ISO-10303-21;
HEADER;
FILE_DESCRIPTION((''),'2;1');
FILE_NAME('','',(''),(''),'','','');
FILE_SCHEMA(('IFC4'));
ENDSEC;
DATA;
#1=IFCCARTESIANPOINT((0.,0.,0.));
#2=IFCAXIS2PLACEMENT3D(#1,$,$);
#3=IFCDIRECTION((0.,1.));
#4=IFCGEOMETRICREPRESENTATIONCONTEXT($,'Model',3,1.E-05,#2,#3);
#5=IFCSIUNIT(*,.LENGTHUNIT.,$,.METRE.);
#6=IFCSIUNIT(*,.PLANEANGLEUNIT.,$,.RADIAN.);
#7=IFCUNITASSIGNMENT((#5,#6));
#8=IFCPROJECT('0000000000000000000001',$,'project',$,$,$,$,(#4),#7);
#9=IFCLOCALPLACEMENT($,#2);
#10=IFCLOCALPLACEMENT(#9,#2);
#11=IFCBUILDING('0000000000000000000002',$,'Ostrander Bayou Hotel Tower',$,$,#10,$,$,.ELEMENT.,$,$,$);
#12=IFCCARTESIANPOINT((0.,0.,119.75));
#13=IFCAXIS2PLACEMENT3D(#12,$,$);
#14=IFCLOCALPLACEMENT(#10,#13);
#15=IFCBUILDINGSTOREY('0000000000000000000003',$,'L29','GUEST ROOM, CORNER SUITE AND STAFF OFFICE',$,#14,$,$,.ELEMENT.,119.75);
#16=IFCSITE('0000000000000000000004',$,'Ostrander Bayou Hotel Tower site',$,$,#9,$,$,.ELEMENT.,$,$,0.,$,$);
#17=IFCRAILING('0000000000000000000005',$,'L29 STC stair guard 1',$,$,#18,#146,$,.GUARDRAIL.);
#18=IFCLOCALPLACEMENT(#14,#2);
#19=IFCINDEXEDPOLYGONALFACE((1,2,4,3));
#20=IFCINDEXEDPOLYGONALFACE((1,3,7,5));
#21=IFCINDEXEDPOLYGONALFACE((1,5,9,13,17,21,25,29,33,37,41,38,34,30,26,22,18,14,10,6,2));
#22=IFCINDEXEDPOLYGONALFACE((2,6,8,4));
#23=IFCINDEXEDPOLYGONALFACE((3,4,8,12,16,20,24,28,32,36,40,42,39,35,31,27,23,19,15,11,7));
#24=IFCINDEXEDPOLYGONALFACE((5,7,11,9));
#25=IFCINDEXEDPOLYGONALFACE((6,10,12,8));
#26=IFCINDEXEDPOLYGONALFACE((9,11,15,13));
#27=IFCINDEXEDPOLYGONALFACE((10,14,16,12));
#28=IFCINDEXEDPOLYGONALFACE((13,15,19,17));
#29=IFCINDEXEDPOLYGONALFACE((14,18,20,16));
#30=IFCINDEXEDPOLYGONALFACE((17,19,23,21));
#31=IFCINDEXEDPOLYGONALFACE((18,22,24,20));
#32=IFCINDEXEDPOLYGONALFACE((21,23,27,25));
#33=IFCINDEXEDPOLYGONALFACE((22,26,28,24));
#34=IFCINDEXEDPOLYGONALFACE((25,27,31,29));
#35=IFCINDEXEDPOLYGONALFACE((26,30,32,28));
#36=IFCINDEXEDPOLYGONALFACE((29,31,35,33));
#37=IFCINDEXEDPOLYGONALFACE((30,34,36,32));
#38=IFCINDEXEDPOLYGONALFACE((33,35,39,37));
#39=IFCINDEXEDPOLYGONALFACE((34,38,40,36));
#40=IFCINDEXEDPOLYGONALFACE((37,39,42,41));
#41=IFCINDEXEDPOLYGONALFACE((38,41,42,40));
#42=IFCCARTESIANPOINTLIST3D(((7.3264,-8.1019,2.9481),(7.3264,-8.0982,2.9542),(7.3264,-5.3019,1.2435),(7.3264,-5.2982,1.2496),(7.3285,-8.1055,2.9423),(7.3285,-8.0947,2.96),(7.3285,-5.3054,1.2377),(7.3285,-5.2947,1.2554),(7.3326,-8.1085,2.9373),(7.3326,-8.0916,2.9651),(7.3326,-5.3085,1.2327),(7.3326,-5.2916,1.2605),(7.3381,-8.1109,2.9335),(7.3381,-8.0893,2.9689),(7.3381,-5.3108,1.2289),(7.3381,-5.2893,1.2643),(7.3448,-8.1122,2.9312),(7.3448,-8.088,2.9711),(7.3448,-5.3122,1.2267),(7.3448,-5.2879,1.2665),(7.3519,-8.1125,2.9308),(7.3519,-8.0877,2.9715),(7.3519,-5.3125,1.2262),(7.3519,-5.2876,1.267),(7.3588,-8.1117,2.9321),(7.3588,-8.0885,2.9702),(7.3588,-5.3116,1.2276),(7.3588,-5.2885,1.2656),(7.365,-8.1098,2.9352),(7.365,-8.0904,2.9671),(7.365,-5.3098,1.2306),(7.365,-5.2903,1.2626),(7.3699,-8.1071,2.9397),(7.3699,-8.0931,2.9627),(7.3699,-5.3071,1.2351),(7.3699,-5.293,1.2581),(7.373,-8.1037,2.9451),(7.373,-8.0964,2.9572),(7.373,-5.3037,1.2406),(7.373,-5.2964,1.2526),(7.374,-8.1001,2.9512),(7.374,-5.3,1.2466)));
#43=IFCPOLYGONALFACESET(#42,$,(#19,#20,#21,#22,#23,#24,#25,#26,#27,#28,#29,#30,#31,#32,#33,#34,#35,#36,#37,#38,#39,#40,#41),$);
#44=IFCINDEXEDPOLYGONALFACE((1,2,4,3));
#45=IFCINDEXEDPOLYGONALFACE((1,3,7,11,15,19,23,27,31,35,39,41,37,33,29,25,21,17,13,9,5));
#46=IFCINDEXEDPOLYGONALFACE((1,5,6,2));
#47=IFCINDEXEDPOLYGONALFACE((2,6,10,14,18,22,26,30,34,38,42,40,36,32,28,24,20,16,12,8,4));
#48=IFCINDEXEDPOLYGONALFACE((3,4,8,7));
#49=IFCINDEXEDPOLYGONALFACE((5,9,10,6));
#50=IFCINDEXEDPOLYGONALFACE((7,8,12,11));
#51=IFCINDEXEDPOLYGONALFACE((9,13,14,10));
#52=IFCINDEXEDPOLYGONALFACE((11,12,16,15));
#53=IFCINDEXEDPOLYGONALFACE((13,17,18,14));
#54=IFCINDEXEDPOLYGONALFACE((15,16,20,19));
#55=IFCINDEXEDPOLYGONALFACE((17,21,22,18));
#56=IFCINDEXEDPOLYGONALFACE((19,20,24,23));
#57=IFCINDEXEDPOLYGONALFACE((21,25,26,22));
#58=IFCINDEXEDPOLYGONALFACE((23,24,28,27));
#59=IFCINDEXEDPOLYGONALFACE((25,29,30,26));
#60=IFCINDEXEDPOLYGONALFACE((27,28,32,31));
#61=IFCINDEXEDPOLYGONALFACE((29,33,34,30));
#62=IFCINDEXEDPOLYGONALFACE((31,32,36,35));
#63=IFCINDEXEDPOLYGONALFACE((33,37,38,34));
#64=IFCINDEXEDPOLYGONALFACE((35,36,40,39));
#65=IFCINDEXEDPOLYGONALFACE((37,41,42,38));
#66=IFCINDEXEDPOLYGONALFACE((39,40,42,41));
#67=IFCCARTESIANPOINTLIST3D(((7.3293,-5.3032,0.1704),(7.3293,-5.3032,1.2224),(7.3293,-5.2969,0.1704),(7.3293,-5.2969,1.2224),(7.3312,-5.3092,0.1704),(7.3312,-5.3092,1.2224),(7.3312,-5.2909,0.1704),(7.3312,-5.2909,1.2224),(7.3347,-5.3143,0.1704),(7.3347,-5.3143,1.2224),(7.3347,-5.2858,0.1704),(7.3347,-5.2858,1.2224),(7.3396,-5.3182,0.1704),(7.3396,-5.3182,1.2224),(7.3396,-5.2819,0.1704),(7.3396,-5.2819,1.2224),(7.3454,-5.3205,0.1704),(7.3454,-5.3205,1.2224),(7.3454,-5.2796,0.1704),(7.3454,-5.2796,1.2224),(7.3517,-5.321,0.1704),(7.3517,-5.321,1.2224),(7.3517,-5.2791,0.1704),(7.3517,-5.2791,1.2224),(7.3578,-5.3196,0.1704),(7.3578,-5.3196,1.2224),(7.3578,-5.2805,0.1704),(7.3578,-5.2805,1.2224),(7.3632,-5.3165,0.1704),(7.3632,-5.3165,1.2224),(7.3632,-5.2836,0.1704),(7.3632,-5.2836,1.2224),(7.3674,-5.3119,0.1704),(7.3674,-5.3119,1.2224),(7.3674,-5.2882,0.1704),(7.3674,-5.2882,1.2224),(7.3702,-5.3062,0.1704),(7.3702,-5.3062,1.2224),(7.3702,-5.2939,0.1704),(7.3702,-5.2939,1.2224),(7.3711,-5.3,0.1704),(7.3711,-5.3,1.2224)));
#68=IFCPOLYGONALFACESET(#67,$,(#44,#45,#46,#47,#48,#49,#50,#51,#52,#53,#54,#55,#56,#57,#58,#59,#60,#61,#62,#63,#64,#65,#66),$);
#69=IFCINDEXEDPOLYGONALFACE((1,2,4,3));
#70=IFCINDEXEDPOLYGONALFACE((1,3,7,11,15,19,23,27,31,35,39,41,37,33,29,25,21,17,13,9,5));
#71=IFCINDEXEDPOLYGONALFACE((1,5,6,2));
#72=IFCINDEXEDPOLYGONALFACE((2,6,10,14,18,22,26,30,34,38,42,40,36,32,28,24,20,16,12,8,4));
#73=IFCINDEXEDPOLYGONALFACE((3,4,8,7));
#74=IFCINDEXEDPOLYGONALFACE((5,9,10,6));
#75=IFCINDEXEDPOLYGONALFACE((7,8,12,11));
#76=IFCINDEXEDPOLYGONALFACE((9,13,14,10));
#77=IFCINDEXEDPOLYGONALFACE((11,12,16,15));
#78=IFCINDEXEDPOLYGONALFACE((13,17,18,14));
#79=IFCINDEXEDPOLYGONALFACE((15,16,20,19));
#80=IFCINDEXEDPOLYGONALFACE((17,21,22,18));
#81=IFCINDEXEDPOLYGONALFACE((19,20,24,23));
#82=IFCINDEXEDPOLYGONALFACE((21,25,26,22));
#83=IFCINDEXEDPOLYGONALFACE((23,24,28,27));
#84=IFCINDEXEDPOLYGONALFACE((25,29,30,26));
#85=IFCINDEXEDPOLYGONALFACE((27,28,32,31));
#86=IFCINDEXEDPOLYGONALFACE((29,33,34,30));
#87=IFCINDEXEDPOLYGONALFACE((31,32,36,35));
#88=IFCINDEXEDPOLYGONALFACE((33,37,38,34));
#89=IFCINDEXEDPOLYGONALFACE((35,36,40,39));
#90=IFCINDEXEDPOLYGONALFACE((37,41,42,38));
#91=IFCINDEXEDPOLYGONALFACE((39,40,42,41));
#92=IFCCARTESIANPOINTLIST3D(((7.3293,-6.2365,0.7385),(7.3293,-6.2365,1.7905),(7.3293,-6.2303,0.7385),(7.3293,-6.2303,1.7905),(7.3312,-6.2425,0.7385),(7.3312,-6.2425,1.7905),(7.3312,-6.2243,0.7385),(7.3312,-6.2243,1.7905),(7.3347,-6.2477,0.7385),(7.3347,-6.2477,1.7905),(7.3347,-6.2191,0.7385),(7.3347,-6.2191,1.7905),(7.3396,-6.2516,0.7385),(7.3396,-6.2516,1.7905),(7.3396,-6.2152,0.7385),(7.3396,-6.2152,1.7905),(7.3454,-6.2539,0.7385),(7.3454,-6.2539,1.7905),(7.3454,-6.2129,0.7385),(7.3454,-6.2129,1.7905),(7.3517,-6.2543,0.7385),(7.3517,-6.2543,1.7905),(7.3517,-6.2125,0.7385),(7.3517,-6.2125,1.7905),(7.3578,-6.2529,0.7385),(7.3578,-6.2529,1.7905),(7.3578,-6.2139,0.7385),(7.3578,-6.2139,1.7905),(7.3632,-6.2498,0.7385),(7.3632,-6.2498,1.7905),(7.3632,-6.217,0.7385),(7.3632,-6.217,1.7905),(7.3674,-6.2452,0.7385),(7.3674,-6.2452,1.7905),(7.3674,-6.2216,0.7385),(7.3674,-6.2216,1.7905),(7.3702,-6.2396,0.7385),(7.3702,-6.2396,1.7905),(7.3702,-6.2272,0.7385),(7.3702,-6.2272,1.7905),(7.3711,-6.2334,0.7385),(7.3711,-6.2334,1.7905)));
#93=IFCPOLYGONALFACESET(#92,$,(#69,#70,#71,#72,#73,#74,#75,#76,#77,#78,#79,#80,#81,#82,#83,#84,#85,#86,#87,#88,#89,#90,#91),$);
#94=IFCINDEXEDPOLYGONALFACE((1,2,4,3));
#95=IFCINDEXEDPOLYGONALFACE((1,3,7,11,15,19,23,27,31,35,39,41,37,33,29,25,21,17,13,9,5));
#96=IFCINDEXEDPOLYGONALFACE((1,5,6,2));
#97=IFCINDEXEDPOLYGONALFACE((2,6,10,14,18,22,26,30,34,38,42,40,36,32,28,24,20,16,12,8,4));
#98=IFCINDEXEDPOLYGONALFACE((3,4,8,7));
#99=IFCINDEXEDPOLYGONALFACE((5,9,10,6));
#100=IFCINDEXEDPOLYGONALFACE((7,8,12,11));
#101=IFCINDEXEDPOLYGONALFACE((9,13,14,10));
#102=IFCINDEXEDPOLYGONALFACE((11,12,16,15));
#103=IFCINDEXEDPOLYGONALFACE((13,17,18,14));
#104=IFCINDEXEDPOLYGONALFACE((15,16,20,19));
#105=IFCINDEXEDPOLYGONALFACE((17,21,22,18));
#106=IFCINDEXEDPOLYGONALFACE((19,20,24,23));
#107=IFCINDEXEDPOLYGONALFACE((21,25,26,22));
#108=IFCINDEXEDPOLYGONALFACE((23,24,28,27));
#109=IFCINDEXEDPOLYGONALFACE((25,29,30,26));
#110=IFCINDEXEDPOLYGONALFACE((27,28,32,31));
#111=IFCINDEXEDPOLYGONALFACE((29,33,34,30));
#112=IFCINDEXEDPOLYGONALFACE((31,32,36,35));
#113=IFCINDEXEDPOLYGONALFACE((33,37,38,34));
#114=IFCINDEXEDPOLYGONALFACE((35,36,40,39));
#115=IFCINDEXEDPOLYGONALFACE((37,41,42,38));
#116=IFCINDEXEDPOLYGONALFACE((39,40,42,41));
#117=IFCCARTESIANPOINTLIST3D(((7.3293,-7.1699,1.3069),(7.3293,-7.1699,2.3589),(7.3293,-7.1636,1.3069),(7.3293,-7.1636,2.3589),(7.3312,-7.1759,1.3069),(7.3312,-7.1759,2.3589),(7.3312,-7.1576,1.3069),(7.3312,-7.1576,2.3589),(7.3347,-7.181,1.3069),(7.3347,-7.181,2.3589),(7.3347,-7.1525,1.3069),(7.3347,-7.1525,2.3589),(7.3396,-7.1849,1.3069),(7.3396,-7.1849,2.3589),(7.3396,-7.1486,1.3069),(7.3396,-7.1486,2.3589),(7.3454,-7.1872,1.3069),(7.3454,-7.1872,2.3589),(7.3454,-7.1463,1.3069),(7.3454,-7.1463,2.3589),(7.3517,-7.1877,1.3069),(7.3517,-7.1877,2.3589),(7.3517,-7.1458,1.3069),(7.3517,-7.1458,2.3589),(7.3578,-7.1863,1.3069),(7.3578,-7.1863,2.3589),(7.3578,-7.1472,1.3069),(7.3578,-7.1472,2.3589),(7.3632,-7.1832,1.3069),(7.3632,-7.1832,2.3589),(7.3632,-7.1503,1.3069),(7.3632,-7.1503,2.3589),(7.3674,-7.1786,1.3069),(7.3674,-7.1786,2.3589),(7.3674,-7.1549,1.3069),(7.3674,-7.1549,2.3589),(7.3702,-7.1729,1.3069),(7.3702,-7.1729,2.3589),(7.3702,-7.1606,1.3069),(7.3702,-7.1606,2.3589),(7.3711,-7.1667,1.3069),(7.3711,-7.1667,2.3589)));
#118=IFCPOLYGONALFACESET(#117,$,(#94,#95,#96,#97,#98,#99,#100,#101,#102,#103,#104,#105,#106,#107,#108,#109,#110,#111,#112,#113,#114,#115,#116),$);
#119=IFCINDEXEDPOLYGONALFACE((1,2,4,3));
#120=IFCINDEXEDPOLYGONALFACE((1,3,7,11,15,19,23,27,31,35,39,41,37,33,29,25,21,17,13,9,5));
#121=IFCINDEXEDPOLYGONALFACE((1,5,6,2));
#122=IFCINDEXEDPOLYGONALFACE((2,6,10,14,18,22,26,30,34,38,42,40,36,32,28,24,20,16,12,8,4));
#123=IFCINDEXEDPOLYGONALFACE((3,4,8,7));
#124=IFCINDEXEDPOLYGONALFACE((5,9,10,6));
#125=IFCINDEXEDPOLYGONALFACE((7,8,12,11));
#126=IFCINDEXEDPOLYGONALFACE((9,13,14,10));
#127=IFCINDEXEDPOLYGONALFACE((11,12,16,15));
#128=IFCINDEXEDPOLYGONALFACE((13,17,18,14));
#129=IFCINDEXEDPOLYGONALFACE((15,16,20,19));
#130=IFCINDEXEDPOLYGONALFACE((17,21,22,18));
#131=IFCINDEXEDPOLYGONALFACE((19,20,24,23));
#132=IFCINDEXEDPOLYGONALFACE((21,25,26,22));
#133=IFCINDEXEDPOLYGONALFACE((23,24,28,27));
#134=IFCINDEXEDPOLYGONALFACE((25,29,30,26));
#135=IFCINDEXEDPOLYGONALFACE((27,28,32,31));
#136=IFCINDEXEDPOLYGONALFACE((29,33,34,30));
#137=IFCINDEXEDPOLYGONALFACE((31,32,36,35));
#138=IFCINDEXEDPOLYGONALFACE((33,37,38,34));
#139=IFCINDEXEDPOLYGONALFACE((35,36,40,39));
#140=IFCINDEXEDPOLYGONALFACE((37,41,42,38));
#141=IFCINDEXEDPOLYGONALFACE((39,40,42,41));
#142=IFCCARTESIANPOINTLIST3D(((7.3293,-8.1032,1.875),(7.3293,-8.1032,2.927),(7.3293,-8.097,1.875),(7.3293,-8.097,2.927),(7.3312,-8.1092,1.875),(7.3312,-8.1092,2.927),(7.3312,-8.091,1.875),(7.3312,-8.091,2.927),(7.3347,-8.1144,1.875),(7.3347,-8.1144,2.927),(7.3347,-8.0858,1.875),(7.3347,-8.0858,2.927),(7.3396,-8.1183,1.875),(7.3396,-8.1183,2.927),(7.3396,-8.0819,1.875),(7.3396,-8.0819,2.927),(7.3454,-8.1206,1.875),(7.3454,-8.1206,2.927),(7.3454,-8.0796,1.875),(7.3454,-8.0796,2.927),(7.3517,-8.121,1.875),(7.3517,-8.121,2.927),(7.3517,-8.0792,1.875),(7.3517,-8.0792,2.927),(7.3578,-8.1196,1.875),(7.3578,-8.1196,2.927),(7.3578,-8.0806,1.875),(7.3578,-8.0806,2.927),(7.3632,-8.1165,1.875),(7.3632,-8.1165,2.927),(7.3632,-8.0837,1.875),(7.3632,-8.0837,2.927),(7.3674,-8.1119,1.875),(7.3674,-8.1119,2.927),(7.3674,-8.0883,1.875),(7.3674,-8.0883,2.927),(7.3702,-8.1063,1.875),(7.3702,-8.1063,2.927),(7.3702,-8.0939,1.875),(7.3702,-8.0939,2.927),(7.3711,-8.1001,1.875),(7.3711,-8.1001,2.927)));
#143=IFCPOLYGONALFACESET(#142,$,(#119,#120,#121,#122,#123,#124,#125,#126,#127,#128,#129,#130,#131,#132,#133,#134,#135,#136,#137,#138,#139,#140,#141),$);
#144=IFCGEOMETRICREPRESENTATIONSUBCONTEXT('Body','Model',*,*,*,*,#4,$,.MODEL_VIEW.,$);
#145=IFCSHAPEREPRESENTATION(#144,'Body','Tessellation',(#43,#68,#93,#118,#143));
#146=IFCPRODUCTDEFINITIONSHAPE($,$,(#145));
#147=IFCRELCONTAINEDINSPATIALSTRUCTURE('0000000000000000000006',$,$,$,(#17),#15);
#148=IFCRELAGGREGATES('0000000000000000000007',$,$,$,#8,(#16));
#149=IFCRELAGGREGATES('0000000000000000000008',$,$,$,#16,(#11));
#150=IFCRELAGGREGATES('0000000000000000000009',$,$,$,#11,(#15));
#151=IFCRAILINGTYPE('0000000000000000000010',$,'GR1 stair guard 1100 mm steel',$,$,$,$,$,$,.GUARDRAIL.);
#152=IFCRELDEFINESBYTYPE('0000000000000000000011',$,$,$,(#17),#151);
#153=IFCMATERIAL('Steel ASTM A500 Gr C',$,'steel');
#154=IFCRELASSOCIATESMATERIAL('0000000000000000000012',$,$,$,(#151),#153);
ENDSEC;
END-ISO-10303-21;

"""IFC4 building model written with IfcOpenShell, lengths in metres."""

from ifc_helpers import new_model, si_unit, direction, frame, origin, origin_2d, place, context, subcontext, project, spatial, circle, extrude, material, type_object, element, save


model = new_model("IFC4")

# Units and contexts
model_context = context("Model", 3, precision=1e-05, world=origin(), true_north=direction((0.0, 1.0)))
body_context = subcontext(model_context, "Body", "Model", "MODEL_VIEW")
ifc_project = project(units=[si_unit("LENGTHUNIT", "METRE"), si_unit("PLANEANGLEUNIT", "RADIAN")], contexts=[model_context])

# Site, building, storey
site_placement = place(None, origin())
site = spatial("IfcSite", under=ifc_project, at=site_placement, Name="Ostrander Bayou Hotel Tower site", CompositionType="ELEMENT", RefElevation=0.0)
building_placement = place(site_placement, origin())
building = spatial("IfcBuilding", under=site, at=building_placement, Name="Ostrander Bayou Hotel Tower", CompositionType="ELEMENT")
storey_placement = place(building_placement, frame((0.0, 0.0, 119.75)))
storey = spatial("IfcBuildingStorey", under=building, at=storey_placement, Name="L29", Description="GUEST ROOM, CORNER SUITE AND STAFF OFFICE", CompositionType="ELEMENT", Elevation=119.75)

# Railing
ifc_material_1 = material(Name="Steel ASTM A500 Gr C", Category="steel")
railing_type_1 = type_object("IfcRailingType", Name="GR1 stair guard 1100 mm steel", PredefinedType="GUARDRAIL", material=ifc_material_1)
railing_1_placement = place(storey_placement, frame((7.3501, -5.3, 0.1704)))
element("IfcRailing", 1, at=railing_1_placement, inside=storey, type_object=railing_type_1, Name="L29 STC stair guard 1", PredefinedType="GUARDRAIL", context=body_context, shape_type="SweptSolid", body=[
    extrude(circle(Radius=0.0239, at=origin_2d()), frame((0.0, 0.0, 1.0762), z_axis=(0.0, -0.85417, 0.519994), x_axis=(1.0, 0.0, 0.0)), (0.0, 0.0, 1.0), 3.2781),
    extrude(circle(Radius=0.021, at=origin_2d()), origin(), (0.0, 0.0, 1.0), 1.052),
    extrude(circle(Radius=0.021, at=origin_2d()), frame((0.0, -0.9333, 0.5681)), (0.0, 0.0, 1.0), 1.052),
    extrude(circle(Radius=0.021, at=origin_2d()), frame((0.0, -1.8667, 1.1365)), (0.0, 0.0, 1.0), 1.052),
    extrude(circle(Radius=0.021, at=origin_2d()), frame((0.0, -2.8, 1.7046)), (0.0, 0.0, 1.0), 1.052),
])

save(model, "model.ifc")
